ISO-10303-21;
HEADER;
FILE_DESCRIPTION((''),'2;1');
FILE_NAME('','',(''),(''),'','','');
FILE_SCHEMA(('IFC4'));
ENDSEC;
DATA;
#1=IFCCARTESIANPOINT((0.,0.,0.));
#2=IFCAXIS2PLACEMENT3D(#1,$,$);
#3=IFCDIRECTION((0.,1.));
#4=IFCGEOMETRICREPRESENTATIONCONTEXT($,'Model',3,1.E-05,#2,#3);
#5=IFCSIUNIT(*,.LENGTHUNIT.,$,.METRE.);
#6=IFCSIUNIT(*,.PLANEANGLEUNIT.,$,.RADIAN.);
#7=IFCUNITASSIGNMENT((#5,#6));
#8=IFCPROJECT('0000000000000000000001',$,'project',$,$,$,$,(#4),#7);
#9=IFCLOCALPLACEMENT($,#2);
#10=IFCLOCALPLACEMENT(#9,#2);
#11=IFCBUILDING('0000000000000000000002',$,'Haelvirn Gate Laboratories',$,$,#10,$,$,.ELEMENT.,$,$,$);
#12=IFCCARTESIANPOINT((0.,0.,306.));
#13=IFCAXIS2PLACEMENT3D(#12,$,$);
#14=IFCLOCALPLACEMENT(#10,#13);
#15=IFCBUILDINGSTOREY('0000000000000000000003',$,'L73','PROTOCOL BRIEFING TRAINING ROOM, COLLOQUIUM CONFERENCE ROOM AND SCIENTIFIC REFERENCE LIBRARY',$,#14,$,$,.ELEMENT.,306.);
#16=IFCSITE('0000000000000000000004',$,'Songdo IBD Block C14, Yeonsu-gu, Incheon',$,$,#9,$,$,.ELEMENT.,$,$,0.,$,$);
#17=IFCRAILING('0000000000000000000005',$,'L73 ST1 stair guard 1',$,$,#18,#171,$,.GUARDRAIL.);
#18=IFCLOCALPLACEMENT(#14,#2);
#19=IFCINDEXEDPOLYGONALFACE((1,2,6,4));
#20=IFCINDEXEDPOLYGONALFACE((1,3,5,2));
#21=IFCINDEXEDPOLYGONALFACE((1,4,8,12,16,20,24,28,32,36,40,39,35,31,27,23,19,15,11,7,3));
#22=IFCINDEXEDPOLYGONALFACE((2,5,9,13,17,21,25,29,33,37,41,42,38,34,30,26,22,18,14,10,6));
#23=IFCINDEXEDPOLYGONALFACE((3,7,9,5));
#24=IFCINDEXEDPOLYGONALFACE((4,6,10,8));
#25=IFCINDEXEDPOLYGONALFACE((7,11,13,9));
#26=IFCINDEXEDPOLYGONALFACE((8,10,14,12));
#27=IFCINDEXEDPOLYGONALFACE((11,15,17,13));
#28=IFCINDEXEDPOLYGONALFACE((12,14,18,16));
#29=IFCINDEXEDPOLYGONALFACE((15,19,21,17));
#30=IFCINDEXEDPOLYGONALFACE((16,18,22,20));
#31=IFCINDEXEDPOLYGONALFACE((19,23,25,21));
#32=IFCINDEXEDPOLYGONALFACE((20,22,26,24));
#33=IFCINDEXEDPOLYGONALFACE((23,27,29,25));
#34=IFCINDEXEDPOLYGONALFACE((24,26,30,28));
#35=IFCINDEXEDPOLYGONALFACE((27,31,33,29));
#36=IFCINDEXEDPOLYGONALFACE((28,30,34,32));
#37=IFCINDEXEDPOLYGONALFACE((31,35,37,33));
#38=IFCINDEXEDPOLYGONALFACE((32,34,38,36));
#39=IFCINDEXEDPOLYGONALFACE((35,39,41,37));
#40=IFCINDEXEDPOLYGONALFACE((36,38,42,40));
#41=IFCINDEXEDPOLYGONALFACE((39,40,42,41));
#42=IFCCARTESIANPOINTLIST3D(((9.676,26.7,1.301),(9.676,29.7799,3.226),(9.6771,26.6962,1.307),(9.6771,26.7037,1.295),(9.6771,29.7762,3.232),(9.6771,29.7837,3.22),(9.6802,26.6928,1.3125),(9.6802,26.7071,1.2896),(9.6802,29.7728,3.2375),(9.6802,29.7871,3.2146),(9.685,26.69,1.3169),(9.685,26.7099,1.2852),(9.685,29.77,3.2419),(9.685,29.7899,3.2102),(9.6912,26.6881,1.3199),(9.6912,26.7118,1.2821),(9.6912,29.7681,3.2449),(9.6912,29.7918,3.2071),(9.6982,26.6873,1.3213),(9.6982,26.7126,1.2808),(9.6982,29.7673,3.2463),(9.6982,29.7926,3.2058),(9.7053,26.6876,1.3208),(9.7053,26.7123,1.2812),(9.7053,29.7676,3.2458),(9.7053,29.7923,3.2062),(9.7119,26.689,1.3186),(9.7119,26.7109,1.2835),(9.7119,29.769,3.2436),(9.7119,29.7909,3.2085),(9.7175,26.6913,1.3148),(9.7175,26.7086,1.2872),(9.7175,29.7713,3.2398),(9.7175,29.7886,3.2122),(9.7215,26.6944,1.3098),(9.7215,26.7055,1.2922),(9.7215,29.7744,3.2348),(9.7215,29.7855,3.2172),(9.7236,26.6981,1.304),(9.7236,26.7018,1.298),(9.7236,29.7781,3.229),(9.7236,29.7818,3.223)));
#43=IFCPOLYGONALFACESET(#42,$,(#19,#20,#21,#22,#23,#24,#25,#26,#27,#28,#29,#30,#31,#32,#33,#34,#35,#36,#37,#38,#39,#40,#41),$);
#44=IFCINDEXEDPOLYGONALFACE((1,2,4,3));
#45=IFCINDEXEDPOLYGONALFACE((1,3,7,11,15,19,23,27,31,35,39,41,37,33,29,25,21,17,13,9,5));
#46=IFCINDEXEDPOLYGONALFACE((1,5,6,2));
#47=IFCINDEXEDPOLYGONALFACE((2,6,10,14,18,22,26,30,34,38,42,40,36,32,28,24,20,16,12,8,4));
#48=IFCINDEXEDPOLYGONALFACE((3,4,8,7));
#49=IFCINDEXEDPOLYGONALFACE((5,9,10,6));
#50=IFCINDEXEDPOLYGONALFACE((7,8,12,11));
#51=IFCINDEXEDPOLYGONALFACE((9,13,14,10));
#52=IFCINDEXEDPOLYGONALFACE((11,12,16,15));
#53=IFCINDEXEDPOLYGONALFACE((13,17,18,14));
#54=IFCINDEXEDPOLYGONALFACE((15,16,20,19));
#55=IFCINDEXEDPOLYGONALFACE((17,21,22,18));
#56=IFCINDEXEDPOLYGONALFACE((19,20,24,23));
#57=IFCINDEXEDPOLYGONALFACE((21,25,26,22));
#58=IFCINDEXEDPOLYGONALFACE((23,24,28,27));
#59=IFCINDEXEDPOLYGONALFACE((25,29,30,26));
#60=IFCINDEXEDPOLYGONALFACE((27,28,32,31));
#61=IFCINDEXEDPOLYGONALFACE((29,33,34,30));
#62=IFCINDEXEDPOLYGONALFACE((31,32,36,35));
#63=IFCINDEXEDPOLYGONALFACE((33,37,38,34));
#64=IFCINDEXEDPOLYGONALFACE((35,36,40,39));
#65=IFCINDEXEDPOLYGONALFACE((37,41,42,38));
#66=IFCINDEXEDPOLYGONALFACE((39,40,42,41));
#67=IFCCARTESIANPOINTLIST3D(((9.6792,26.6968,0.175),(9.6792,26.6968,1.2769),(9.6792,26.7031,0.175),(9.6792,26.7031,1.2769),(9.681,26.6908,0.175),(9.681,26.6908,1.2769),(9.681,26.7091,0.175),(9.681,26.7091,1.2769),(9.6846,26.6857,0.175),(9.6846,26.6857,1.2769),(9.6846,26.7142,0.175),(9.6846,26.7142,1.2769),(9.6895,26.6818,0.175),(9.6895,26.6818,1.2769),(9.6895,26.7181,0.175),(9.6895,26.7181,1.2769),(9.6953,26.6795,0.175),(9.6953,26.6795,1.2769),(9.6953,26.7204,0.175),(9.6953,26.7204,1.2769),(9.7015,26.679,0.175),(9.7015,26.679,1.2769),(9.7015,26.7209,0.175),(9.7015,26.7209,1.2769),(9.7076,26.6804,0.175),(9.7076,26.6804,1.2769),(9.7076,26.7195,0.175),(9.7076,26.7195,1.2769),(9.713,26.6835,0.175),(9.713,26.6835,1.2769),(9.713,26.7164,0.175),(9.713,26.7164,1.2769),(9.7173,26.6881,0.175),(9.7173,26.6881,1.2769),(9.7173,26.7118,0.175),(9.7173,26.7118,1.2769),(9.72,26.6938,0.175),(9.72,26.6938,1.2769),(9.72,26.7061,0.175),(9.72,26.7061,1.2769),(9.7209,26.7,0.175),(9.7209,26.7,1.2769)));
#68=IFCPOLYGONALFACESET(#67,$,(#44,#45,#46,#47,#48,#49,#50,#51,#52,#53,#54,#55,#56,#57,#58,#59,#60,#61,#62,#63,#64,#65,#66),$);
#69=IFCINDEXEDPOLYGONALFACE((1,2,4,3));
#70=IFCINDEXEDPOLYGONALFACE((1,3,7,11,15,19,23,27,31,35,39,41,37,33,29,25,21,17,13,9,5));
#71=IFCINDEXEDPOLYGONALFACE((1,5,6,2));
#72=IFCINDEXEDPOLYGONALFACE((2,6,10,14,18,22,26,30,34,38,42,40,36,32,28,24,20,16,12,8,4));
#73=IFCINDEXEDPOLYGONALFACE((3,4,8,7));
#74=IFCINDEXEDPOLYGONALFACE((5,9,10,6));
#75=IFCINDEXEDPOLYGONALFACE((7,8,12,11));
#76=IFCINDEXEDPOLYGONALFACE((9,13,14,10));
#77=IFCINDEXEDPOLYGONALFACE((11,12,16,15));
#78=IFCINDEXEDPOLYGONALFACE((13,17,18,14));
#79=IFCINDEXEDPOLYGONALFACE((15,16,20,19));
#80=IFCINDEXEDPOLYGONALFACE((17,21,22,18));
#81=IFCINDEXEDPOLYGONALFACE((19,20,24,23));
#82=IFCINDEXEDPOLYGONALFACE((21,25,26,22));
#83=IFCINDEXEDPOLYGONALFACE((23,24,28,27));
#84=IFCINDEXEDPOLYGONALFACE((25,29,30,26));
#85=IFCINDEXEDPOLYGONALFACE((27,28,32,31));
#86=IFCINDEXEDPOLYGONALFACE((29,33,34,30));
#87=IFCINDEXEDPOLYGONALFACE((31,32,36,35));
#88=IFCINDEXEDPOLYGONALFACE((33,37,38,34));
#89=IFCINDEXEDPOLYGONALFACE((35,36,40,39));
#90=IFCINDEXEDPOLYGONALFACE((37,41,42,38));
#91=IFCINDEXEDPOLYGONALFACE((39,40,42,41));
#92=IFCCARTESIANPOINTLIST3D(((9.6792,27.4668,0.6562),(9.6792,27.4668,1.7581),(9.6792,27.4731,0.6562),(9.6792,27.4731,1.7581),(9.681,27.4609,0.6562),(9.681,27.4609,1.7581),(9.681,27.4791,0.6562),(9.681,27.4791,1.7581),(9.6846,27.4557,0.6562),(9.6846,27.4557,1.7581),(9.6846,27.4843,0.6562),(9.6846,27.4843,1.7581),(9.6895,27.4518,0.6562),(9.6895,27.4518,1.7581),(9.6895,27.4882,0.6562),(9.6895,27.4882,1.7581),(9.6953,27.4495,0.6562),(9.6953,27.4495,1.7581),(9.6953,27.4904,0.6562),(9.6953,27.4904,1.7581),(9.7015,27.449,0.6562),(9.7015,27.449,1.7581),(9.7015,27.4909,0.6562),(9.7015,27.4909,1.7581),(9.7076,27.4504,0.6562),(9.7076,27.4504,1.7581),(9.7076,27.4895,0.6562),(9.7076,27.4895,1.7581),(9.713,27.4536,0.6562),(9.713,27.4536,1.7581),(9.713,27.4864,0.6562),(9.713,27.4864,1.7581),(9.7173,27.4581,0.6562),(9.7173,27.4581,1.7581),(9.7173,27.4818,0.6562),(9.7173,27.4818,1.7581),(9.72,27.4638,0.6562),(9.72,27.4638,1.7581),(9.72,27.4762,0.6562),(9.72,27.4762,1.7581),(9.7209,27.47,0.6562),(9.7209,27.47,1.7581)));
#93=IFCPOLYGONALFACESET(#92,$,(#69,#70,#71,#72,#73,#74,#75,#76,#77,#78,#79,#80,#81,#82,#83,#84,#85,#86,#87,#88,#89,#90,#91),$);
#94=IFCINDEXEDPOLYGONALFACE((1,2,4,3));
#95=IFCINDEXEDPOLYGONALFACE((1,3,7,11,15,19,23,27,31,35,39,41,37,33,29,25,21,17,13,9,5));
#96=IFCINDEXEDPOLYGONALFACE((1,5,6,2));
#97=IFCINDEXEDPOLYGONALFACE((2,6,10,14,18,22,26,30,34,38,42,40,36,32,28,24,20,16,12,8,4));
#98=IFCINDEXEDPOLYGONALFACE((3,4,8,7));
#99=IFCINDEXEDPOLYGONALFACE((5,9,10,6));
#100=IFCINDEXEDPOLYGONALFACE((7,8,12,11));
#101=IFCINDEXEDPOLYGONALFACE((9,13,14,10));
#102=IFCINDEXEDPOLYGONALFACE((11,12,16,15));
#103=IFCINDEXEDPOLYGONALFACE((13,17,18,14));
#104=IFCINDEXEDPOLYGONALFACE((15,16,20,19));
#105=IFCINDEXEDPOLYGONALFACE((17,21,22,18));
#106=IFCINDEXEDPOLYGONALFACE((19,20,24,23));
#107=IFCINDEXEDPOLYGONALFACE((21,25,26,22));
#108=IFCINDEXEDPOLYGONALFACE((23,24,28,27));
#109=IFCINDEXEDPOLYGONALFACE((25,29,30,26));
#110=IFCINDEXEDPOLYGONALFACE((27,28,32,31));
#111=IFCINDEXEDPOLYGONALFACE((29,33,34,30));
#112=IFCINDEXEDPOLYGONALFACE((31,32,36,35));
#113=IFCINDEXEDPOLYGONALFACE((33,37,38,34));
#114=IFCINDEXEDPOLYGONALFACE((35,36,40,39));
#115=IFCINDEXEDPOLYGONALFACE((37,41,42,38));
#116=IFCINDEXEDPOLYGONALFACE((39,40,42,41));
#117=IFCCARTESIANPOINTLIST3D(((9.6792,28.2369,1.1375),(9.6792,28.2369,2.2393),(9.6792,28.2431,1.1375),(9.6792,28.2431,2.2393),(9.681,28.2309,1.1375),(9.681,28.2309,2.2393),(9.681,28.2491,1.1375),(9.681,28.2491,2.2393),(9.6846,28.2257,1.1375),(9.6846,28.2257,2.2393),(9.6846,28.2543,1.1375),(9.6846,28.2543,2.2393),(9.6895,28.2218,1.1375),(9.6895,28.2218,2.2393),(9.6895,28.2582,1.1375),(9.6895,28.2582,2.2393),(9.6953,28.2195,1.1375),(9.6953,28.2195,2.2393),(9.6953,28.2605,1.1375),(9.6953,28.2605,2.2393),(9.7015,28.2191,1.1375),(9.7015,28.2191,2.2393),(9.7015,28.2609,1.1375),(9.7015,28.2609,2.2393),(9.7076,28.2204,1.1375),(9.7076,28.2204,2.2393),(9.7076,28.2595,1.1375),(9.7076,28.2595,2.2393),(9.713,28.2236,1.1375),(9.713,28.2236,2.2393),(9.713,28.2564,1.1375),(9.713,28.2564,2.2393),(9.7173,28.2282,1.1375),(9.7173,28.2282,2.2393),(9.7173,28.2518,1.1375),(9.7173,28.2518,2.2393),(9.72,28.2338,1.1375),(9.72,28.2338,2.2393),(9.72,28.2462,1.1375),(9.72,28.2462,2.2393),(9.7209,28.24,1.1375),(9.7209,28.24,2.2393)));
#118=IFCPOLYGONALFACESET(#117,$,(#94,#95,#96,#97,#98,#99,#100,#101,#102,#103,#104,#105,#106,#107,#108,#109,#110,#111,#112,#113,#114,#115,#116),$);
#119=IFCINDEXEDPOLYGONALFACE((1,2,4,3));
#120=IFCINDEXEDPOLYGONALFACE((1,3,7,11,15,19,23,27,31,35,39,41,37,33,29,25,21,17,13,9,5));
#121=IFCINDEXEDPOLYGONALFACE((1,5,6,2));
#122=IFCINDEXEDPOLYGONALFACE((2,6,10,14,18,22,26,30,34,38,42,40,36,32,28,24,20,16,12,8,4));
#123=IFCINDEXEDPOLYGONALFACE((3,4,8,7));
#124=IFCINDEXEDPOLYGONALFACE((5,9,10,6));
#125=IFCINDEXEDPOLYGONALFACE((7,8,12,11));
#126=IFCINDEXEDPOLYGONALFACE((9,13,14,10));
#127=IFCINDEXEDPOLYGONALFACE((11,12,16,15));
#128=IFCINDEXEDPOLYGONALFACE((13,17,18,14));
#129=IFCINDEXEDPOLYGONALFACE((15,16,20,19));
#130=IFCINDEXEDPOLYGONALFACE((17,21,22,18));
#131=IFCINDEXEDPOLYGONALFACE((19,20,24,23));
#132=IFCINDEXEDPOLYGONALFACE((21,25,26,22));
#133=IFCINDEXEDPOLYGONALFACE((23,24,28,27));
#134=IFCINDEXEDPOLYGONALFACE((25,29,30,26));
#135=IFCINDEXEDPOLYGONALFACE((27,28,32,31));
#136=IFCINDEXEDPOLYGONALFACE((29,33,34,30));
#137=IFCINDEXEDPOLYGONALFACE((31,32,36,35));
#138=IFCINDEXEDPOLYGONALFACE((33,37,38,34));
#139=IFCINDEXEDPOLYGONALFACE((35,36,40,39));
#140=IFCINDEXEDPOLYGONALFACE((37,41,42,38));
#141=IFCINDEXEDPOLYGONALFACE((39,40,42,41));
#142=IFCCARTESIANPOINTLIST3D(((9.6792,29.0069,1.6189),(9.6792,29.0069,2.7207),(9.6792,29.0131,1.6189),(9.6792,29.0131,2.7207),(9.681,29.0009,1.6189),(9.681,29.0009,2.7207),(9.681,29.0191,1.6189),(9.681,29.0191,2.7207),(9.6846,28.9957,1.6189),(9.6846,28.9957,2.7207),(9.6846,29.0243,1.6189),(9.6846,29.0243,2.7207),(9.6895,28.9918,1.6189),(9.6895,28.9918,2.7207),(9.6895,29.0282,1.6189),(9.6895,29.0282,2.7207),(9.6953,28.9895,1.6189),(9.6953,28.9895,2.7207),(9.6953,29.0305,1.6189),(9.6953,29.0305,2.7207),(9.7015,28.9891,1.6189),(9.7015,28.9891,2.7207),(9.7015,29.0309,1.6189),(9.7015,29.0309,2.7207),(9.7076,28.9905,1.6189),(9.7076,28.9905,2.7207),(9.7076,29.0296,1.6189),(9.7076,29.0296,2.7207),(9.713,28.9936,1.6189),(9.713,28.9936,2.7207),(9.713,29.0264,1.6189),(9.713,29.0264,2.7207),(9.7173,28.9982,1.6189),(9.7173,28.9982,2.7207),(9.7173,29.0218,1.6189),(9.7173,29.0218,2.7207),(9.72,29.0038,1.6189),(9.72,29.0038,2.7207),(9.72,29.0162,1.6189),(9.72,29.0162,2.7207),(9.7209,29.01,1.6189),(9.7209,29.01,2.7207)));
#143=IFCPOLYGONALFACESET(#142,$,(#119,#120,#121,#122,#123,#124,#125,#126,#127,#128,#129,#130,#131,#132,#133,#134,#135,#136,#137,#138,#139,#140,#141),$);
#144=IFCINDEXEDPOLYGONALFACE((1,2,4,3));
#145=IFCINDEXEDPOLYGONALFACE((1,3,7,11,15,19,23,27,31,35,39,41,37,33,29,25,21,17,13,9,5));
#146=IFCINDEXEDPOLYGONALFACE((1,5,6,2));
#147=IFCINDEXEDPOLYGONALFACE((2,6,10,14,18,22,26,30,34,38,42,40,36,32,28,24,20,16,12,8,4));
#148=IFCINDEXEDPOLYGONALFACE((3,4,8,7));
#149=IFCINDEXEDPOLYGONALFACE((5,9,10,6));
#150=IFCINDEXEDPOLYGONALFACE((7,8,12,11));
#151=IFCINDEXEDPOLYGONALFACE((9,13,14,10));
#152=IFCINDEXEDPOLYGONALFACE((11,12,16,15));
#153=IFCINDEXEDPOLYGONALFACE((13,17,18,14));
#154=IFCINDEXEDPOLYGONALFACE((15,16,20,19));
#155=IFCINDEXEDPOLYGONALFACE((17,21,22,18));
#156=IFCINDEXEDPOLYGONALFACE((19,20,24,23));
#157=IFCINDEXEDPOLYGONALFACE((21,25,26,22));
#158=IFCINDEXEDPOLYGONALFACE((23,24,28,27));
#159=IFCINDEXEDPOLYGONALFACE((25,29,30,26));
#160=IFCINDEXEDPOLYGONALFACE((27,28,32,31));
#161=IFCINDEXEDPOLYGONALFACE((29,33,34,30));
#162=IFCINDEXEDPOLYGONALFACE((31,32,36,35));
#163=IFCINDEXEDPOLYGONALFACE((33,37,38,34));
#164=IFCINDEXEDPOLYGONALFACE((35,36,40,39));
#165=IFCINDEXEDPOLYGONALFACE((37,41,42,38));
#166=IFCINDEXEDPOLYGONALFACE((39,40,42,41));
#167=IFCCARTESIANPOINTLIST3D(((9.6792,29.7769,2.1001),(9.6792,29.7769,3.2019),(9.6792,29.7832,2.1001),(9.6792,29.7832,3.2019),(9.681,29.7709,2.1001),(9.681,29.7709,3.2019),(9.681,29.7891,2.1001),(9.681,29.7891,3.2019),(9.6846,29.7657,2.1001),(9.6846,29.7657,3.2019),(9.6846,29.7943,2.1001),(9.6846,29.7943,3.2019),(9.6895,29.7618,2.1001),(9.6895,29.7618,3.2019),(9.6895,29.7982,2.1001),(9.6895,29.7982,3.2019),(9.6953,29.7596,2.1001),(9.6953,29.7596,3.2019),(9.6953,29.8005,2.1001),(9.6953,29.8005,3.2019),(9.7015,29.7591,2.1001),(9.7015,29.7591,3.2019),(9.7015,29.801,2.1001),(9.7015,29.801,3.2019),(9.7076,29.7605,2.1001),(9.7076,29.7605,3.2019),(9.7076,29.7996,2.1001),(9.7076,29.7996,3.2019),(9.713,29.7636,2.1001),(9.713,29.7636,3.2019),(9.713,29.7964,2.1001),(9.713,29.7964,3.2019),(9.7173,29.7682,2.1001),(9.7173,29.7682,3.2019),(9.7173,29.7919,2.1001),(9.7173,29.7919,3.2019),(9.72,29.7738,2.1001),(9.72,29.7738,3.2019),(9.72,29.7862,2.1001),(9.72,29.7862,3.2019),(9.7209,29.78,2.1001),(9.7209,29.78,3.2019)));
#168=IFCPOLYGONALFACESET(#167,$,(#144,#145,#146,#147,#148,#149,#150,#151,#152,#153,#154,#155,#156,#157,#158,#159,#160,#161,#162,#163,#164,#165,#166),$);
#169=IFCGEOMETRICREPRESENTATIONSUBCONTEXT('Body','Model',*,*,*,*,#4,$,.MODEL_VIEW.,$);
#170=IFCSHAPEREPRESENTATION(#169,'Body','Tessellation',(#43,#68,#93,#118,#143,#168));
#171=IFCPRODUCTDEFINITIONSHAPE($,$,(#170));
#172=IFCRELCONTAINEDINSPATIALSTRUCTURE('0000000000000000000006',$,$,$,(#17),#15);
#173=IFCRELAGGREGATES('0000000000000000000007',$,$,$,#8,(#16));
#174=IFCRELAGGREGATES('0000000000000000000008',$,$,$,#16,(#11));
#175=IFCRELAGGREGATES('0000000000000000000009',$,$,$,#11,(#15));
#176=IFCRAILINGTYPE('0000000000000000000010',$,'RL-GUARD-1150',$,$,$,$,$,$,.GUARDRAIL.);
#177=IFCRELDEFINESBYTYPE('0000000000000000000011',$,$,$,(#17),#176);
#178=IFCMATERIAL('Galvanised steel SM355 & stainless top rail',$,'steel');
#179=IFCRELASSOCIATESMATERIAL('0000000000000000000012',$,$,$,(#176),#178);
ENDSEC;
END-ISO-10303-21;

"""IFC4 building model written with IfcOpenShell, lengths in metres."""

from ifc_helpers import new_model, si_unit, direction, frame, origin, origin_2d, place, context, subcontext, project, spatial, circle, extrude, source, transform, mapped, material, type_object, element, save


model = new_model("IFC4")

# Units and contexts
model_context = context("Model", 3, precision=1e-05, world=origin(), true_north=direction((0.0, 1.0)))
body_context = subcontext(model_context, "Body", "Model", "MODEL_VIEW")
ifc_project = project(units=[si_unit("LENGTHUNIT", "METRE"), si_unit("PLANEANGLEUNIT", "RADIAN")], contexts=[model_context])

# Site, building, storey
site_placement = place(None, origin())
site = spatial("IfcSite", under=ifc_project, at=site_placement, Name="Songdo IBD Block C14, Yeonsu-gu, Incheon", CompositionType="ELEMENT", RefElevation=0.0)
building_placement = place(site_placement, origin())
building = spatial("IfcBuilding", under=site, at=building_placement, Name="Haelvirn Gate Laboratories", CompositionType="ELEMENT")
storey_placement = place(building_placement, frame((0.0, 0.0, 306.0)))
storey = spatial("IfcBuildingStorey", under=building, at=storey_placement, Name="L73", Description="PROTOCOL BRIEFING TRAINING ROOM, COLLOQUIUM CONFERENCE ROOM AND SCIENTIFIC REFERENCE LIBRARY", CompositionType="ELEMENT", Elevation=306.0)

# Railing
ifc_material_1 = material(Name="Galvanised steel SM355 & stainless top rail", Category="steel")
railing_type_1 = type_object("IfcRailingType", Name="RL-GUARD-1150", PredefinedType="GUARDRAIL", material=ifc_material_1)
shared_shape_1 = source(origin(), body_context, "Body", "SweptSolid", [
    extrude(circle(Radius=0.0239, at=origin_2d()), frame((0.0, 0.0, 1.126), z_axis=(0.0, 0.847998, 0.529999), x_axis=(-1.0, 0.0, 0.0)), (0.0, 0.0, 1.0), 3.6321),
    extrude(circle(Radius=0.021, at=origin_2d()), origin(), (0.0, 0.0, 1.0), 1.1018),
    extrude(circle(Radius=0.021, at=origin_2d()), frame((0.0, 0.77, 0.4812)), (0.0, 0.0, 1.0), 1.1018),
    extrude(circle(Radius=0.021, at=origin_2d()), frame((0.0, 1.54, 0.9624)), (0.0, 0.0, 1.0), 1.1018),
    extrude(circle(Radius=0.021, at=origin_2d()), frame((0.0, 2.3101, 1.4438)), (0.0, 0.0, 1.0), 1.1018),
    extrude(circle(Radius=0.021, at=origin_2d()), frame((0.0, 3.0801, 1.925)), (0.0, 0.0, 1.0), 1.1018),
])
railing_1_placement = place(storey_placement, frame((9.7, 26.7, 0.175)))
element("IfcRailing", 1, at=railing_1_placement, inside=storey, type_object=railing_type_1, Name="L73 ST1 stair guard 1", PredefinedType="GUARDRAIL", context=body_context, shape_type="MappedRepresentation", body=[
    mapped(shared_shape_1, transform((0.0, 0.0, 0.0), scale=1.0)),
])

save(model, "model.ifc")
